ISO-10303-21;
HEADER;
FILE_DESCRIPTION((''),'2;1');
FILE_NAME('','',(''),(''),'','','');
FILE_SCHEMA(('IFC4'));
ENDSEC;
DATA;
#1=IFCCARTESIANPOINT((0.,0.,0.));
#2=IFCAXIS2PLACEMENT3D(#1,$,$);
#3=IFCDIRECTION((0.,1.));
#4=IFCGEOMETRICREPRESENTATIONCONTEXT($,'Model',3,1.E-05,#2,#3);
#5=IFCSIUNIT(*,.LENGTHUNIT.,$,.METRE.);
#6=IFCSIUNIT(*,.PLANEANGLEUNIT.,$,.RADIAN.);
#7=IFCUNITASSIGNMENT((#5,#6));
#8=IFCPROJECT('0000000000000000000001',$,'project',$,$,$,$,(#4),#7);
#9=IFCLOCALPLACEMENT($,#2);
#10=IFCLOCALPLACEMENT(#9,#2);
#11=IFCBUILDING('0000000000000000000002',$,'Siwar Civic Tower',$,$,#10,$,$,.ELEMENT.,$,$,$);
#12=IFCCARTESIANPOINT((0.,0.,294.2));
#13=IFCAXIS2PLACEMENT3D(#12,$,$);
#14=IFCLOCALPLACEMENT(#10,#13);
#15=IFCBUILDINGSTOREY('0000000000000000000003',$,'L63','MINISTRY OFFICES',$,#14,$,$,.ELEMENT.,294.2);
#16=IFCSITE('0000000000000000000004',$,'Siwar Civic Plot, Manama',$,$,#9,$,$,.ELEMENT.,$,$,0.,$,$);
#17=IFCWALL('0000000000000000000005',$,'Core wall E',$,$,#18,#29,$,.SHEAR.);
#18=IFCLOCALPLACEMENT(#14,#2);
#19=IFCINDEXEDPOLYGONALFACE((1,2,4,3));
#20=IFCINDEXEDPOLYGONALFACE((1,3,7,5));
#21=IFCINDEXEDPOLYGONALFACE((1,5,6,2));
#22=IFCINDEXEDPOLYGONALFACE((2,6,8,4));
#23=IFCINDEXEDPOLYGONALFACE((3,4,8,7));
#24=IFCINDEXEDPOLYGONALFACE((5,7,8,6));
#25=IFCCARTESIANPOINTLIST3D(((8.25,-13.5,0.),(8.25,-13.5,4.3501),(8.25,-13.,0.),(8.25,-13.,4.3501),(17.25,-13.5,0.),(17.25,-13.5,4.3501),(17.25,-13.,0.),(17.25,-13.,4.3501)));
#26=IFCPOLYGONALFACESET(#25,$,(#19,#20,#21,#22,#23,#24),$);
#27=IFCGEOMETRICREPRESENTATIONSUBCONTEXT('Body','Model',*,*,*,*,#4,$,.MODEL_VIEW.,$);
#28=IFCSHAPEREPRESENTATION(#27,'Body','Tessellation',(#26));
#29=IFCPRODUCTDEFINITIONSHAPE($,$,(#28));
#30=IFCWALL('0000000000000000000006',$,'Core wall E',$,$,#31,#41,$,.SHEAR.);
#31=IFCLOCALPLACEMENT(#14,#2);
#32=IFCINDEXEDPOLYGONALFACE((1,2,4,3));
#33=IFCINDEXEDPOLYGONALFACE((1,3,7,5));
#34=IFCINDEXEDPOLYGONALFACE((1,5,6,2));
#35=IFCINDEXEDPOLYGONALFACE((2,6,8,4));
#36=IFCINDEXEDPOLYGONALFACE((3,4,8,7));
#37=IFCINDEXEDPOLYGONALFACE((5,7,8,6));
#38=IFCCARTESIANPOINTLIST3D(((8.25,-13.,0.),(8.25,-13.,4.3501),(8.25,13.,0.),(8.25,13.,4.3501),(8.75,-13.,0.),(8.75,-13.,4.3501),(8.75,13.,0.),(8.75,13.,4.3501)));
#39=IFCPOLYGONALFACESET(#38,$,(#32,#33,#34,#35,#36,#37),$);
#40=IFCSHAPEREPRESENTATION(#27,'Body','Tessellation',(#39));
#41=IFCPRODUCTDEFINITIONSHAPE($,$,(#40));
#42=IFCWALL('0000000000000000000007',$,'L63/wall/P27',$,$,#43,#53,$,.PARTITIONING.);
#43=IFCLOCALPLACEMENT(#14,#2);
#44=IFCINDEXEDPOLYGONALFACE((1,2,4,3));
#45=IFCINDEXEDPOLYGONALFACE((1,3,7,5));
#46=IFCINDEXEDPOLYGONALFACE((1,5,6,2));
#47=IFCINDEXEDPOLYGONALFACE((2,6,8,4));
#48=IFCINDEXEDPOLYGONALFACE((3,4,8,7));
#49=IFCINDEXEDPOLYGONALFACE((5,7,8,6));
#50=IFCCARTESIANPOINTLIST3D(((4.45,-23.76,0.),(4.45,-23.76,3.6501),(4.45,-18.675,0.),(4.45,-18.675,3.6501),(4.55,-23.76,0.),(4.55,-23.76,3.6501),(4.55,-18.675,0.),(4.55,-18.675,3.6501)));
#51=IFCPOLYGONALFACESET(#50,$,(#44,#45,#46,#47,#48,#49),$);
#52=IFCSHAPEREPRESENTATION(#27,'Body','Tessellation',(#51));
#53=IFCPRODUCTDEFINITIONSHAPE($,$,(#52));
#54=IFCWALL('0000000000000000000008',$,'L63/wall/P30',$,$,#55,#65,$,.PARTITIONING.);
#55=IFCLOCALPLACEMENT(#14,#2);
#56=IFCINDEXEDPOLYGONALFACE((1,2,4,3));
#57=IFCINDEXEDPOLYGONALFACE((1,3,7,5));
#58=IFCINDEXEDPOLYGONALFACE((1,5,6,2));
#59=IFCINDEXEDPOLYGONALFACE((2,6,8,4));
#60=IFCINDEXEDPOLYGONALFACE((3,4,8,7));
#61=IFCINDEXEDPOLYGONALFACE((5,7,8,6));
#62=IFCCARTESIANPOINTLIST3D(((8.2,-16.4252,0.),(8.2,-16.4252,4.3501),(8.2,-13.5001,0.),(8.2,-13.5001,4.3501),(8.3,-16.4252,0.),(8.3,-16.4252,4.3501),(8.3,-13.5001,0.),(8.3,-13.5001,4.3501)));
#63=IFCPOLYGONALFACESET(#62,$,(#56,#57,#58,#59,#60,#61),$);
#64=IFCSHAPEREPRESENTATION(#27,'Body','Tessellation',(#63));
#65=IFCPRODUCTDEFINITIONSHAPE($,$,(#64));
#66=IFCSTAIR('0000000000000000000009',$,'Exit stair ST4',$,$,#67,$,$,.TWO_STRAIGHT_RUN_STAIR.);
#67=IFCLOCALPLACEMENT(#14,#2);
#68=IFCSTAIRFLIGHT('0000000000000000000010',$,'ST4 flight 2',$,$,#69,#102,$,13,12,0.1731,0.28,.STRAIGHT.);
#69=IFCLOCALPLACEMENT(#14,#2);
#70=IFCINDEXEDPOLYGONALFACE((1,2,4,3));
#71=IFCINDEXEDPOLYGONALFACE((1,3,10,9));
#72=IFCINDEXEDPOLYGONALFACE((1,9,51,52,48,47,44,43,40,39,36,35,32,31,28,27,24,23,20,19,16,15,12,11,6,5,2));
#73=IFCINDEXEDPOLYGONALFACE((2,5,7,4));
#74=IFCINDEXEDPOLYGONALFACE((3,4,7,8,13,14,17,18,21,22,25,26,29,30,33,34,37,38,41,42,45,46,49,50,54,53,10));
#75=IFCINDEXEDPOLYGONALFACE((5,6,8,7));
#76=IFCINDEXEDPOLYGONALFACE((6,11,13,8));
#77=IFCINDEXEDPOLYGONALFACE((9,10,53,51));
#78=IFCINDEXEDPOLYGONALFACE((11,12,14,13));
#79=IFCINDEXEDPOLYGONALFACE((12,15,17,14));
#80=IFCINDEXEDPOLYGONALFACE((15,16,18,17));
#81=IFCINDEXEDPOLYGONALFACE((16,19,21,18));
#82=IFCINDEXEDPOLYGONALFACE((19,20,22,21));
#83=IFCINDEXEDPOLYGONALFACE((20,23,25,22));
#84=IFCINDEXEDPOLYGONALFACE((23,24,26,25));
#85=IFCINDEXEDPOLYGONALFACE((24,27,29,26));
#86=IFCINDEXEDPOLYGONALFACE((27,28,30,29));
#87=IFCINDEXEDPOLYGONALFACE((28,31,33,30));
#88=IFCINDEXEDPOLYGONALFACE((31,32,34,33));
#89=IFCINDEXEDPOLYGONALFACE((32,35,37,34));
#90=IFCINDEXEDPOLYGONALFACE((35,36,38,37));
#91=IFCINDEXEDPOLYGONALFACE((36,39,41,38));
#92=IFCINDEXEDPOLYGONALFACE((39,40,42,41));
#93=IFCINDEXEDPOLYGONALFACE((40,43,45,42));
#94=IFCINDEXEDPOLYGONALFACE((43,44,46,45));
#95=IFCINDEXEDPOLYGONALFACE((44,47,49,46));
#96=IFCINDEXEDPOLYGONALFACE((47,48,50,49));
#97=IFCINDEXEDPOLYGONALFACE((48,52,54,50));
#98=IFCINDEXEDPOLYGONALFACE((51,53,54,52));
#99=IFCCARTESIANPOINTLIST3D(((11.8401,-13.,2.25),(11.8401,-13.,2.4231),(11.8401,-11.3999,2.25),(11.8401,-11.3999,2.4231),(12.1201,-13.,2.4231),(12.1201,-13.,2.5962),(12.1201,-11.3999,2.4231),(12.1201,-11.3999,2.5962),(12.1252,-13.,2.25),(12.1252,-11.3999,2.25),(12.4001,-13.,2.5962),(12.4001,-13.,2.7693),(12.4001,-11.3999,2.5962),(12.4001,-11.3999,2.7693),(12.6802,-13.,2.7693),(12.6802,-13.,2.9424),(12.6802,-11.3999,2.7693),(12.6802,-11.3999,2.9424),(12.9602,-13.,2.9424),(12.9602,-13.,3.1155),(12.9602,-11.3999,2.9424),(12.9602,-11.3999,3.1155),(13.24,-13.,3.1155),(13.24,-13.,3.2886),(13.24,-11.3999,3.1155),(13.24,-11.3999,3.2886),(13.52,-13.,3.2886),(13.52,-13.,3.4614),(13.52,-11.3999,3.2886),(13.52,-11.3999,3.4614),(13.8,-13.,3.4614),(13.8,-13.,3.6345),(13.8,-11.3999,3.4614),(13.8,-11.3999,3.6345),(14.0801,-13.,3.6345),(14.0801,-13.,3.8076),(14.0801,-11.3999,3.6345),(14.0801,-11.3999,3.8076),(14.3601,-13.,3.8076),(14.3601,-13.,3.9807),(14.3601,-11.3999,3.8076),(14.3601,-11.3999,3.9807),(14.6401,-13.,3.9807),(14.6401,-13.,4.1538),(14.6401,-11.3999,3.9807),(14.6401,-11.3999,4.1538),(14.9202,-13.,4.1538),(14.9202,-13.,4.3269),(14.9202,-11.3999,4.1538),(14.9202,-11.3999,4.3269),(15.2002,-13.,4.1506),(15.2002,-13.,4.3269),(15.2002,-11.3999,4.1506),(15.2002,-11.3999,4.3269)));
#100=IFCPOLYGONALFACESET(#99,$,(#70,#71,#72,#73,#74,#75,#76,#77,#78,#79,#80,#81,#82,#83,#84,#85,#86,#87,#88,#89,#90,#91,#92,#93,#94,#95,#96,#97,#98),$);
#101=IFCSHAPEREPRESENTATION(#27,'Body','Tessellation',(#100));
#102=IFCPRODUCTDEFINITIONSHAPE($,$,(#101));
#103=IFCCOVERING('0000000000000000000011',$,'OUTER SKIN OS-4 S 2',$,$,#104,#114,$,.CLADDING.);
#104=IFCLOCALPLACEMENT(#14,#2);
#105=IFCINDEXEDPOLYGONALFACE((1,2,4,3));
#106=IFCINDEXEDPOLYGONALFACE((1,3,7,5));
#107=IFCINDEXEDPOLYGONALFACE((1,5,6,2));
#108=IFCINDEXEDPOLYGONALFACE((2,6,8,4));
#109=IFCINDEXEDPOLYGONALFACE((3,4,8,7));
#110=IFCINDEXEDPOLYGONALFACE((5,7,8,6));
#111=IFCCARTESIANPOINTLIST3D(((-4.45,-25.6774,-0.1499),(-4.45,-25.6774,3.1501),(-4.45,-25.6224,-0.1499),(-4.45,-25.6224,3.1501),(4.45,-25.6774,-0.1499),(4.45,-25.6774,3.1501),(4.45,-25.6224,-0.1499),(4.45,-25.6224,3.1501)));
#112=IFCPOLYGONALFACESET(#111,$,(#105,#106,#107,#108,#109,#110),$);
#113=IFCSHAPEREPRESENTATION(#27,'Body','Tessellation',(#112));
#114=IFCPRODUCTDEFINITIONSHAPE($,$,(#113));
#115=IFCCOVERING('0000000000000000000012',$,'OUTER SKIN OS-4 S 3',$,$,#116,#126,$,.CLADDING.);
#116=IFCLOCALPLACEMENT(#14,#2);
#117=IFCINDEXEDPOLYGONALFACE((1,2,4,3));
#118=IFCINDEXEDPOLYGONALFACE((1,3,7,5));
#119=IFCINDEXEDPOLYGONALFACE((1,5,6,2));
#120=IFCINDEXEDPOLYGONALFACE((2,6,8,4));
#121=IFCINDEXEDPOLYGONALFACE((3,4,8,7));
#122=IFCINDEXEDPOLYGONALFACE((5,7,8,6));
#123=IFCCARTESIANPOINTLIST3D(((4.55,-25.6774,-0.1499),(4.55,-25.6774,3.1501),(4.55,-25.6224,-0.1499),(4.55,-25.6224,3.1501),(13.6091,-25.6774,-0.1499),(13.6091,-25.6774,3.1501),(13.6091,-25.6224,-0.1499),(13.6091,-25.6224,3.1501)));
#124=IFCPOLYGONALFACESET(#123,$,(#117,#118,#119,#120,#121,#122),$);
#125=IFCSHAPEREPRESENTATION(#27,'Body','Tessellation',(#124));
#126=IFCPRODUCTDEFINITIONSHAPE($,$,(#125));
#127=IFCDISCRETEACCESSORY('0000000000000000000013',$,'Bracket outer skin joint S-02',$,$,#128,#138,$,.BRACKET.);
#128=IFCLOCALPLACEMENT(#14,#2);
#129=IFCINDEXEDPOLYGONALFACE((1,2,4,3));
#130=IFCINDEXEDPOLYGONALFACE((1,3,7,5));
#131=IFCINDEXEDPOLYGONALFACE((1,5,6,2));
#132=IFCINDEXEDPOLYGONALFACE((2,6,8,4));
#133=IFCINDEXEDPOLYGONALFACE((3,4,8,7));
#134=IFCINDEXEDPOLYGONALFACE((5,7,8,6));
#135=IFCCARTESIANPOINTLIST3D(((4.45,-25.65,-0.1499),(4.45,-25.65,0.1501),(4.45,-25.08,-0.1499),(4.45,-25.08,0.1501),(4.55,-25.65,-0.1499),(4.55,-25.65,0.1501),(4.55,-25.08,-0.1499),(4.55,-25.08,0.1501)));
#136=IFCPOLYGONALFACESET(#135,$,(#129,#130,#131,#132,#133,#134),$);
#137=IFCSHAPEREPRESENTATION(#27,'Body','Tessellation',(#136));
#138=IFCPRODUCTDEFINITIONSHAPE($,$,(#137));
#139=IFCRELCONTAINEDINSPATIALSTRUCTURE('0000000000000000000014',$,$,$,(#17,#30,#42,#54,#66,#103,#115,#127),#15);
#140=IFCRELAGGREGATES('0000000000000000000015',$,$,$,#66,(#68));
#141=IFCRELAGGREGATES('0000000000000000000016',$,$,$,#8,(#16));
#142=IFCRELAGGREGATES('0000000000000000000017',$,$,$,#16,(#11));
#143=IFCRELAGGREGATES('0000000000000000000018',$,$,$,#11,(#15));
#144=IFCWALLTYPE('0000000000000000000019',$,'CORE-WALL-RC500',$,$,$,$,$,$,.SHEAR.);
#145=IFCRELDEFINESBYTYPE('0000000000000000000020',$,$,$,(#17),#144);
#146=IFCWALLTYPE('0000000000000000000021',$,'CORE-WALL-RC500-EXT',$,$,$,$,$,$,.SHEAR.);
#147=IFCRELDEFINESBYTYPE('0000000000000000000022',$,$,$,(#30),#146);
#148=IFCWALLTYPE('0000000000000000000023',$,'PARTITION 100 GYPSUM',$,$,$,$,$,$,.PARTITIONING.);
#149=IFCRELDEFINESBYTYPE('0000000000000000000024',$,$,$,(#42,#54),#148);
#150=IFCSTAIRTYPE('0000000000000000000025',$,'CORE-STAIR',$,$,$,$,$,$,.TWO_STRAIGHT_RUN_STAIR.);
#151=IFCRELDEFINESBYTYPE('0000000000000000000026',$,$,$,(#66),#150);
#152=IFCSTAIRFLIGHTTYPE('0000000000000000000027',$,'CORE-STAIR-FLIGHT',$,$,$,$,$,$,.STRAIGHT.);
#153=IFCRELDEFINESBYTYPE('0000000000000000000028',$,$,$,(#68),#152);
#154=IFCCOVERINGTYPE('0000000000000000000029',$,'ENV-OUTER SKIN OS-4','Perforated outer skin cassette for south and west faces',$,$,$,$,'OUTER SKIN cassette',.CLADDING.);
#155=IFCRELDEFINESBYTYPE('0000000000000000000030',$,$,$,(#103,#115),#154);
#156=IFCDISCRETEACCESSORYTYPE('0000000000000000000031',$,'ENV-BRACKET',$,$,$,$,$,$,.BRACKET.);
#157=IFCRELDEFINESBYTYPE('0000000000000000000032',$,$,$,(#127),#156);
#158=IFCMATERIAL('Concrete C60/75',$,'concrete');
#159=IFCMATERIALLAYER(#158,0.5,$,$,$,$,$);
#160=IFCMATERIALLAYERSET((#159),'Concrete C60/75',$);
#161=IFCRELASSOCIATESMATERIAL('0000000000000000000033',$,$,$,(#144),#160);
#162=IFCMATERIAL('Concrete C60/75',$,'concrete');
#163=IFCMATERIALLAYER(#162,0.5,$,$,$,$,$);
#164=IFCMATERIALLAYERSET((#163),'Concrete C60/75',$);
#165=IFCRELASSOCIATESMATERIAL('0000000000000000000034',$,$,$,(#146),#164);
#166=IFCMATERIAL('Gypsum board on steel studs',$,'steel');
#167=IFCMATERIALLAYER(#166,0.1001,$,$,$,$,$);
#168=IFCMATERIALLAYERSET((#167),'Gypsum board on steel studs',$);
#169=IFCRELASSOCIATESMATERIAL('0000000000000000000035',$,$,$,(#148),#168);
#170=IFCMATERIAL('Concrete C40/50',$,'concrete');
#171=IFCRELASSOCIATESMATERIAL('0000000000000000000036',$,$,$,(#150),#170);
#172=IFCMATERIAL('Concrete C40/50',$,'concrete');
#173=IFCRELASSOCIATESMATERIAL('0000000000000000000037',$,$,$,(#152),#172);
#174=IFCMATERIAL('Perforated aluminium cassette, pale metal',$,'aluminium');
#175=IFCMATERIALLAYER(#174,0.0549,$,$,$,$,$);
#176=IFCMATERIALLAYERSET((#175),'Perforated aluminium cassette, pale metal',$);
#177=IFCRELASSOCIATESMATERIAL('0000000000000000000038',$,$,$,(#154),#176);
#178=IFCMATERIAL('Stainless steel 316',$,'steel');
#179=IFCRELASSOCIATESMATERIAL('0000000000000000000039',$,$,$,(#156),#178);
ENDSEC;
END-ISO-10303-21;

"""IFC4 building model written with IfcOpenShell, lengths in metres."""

from ifc_helpers import new_model, si_unit, direction, frame, frame_2d, origin, origin_2d, place, context, subcontext, project, spatial, polyline, rectangle, outline, extrude, material, layer, layer_set, type_object, element, aggregate, save


model = new_model("IFC4")

# Units and contexts
model_context = context("Model", 3, precision=1e-05, world=origin(), true_north=direction((0.0, 1.0)))
body_context = subcontext(model_context, "Body", "Model", "MODEL_VIEW")
ifc_project = project(units=[si_unit("LENGTHUNIT", "METRE"), si_unit("PLANEANGLEUNIT", "RADIAN")], contexts=[model_context])

# Site, building, storey
site_placement = place(None, origin())
site = spatial("IfcSite", under=ifc_project, at=site_placement, Name="Siwar Civic Plot, Manama", CompositionType="ELEMENT", RefElevation=0.0)
building_placement = place(site_placement, origin())
building = spatial("IfcBuilding", under=site, at=building_placement, Name="Siwar Civic Tower", CompositionType="ELEMENT")
storey_placement = place(building_placement, frame((0.0, 0.0, 294.2)))
storey = spatial("IfcBuildingStorey", under=building, at=storey_placement, Name="L63", Description="MINISTRY OFFICES", CompositionType="ELEMENT", Elevation=294.2)

# Walls
ifc_material_1 = material(Name="Concrete C60/75", Category="concrete")
ifc_layer_1 = layer(ifc_material_1, 0.5)
ifc_layer_set_1 = layer_set([ifc_layer_1], Name="Concrete C60/75")
wall_type_1 = type_object("IfcWallType", Name="CORE-WALL-RC500", PredefinedType="SHEAR", material=ifc_layer_set_1)
wall_1_placement = place(storey_placement, frame((8.25, -13.25, 0.0), z_axis=(0.0, 0.0, 1.0), x_axis=(1.0, 0.0, 0.0)))
element("IfcWall", 1, at=wall_1_placement, inside=storey, type_object=wall_type_1, Name="Core wall E", PredefinedType="SHEAR", context=body_context, shape_type="SweptSolid", body=[
    extrude(rectangle(XDim=9.0, YDim=0.5, at=frame_2d((4.5, 0.0))), origin(), (0.0, 0.0, 1.0), 4.3501),
])
ifc_material_2 = material(Name="Concrete C60/75", Category="concrete")
ifc_layer_2 = layer(ifc_material_2, 0.5)
ifc_layer_set_2 = layer_set([ifc_layer_2], Name="Concrete C60/75")
wall_type_2 = type_object("IfcWallType", Name="CORE-WALL-RC500-EXT", PredefinedType="SHEAR", material=ifc_layer_set_2)
wall_2_placement = place(storey_placement, frame((8.5, -13.0, 0.0), z_axis=(0.0, 0.0, 1.0), x_axis=(0.0, 1.0, 0.0)))
element("IfcWall", 2, at=wall_2_placement, inside=storey, type_object=wall_type_2, Name="Core wall E", PredefinedType="SHEAR", context=body_context, shape_type="SweptSolid", body=[
    extrude(rectangle(XDim=26.0, YDim=0.5, at=frame_2d((13.0, 0.0))), origin(), (0.0, 0.0, 1.0), 4.3501),
])
ifc_material_3 = material(Name="Gypsum board on steel studs", Category="steel")
ifc_layer_3 = layer(ifc_material_3, 0.1001)
ifc_layer_set_3 = layer_set([ifc_layer_3], Name="Gypsum board on steel studs")
wall_type_3 = type_object("IfcWallType", Name="PARTITION 100 GYPSUM", PredefinedType="PARTITIONING", material=ifc_layer_set_3)
wall_3_placement = place(storey_placement, frame((4.5, -23.76, 0.0), z_axis=(0.0, 0.0, 1.0), x_axis=(0.0, 1.0, 0.0)))
element("IfcWall", 3, at=wall_3_placement, inside=storey, type_object=wall_type_3, Name="L63/wall/P27", PredefinedType="PARTITIONING", context=body_context, shape_type="SweptSolid", body=[
    extrude(rectangle(XDim=5.085, YDim=0.1001, at=frame_2d((2.5425, 0.0))), origin(), (0.0, 0.0, 1.0), 3.6501),
])
wall_4_placement = place(storey_placement, frame((8.25, -16.425, 0.0), z_axis=(0.0, 0.0, 1.0), x_axis=(0.0, 1.0, 0.0)))
element("IfcWall", 4, at=wall_4_placement, inside=storey, type_object=wall_type_3, Name="L63/wall/P30", PredefinedType="PARTITIONING", context=body_context, shape_type="SweptSolid", body=[
    extrude(rectangle(XDim=2.925, YDim=0.1001, at=frame_2d((1.4624, 0.0))), origin(), (0.0, 0.0, 1.0), 4.3501),
])

# Stair, stair flight
ifc_material_4 = material(Name="Concrete C40/50", Category="concrete")
stair_type = type_object("IfcStairType", Name="CORE-STAIR", PredefinedType="TWO_STRAIGHT_RUN_STAIR", material=ifc_material_4)
stair_placement = place(storey_placement, origin())
stair = element("IfcStair", 5, at=stair_placement, inside=storey, type_object=stair_type, Name="Exit stair ST4", PredefinedType="TWO_STRAIGHT_RUN_STAIR")
ifc_material_5 = material(Name="Concrete C40/50", Category="concrete")
stair_flight_type = type_object("IfcStairFlightType", Name="CORE-STAIR-FLIGHT", PredefinedType="STRAIGHT", material=ifc_material_5)
stair_flight_placement = place(storey_placement, frame((11.8401, -12.2, 2.25), z_axis=(0.0, 0.0, 1.0), x_axis=(1.0, 0.0, 0.0)))
stair_flight = element("IfcStairFlight", 6, at=stair_flight_placement, type_object=stair_flight_type, Name="ST4 flight 2", NumberOfRisers=13, NumberOfTreads=12, PredefinedType="STRAIGHT", RiserHeight=0.1731, TreadLength=0.28, context=body_context, shape_type="SweptSolid", body=[
    extrude(outline(polyline([(0.0, 0.0), (0.0, 0.1731), (0.28, 0.1731), (0.28, 0.3462), (0.5601, 0.3462), (0.5601, 0.5193), (0.8401, 0.5193), (0.8401, 0.6924), (1.1201, 0.6924), (1.1201, 0.8655), (1.3999, 0.8655), (1.3999, 1.0386), (1.6799, 1.0386), (1.6799, 1.2114), (1.96, 1.2114), (1.96, 1.3845), (2.24, 1.3845), (2.24, 1.5576), (2.52, 1.5576), (2.52, 1.7307), (2.8, 1.7307), (2.8, 1.9038), (3.0801, 1.9038), (3.0801, 2.0769), (3.3601, 2.0769), (3.3601, 2.25), (3.3601, 1.9006), (0.2852, 0.0), (0.0, 0.0)])), frame((0.0, 0.8, 0.0), z_axis=(0.0, -1.0, 0.0), x_axis=(1.0, 0.0, 0.0)), (0.0, 0.0, 1.0), 1.6001),
])
aggregate(stair, [stair_flight])

# Coverings
ifc_material_6 = material(Name="Perforated aluminium cassette, pale metal", Category="aluminium")
ifc_layer_4 = layer(ifc_material_6, 0.0549)
ifc_layer_set_4 = layer_set([ifc_layer_4], Name="Perforated aluminium cassette, pale metal")
covering_type = type_object("IfcCoveringType", Name="ENV-OUTER SKIN OS-4", Description="Perforated outer skin cassette for south and west faces", ElementType="OUTER SKIN cassette", PredefinedType="CLADDING", material=ifc_layer_set_4)
covering_1_placement = place(storey_placement, frame((0.0, -25.6499, -0.1499), z_axis=(0.0, 0.0, 1.0), x_axis=(1.0, 0.0, 0.0)))
element("IfcCovering", 7, at=covering_1_placement, inside=storey, type_object=covering_type, Name="OUTER SKIN OS-4 S 2", PredefinedType="CLADDING", context=body_context, shape_type="SweptSolid", body=[
    extrude(rectangle(XDim=8.8999, YDim=0.0549, at=origin_2d()), origin(), (0.0, 0.0, 1.0), 3.3),
])
covering_2_placement = place(storey_placement, frame((9.0796, -25.6499, -0.1499), z_axis=(0.0, 0.0, 1.0), x_axis=(1.0, 0.0, 0.0)))
element("IfcCovering", 8, at=covering_2_placement, inside=storey, type_object=covering_type, Name="OUTER SKIN OS-4 S 3", PredefinedType="CLADDING", context=body_context, shape_type="SweptSolid", body=[
    extrude(rectangle(XDim=9.0591, YDim=0.0549, at=origin_2d()), origin(), (0.0, 0.0, 1.0), 3.3),
])

# Discrete accessory
ifc_material_7 = material(Name="Stainless steel 316", Category="steel")
discrete_accessory_type = type_object("IfcDiscreteAccessoryType", Name="ENV-BRACKET", PredefinedType="BRACKET", material=ifc_material_7)
discrete_accessory_placement = place(storey_placement, frame((4.5, -25.365, -0.1499), z_axis=(0.0, 0.0, 1.0), x_axis=(0.0, -1.0, 0.0)))
element("IfcDiscreteAccessory", 9, at=discrete_accessory_placement, inside=storey, type_object=discrete_accessory_type, Name="Bracket outer skin joint S-02", PredefinedType="BRACKET", context=body_context, shape_type="SweptSolid", body=[
    extrude(rectangle(XDim=0.5701, YDim=0.1001, at=origin_2d()), origin(), (0.0, 0.0, 1.0), 0.3),
])

save(model, "model.ifc")
